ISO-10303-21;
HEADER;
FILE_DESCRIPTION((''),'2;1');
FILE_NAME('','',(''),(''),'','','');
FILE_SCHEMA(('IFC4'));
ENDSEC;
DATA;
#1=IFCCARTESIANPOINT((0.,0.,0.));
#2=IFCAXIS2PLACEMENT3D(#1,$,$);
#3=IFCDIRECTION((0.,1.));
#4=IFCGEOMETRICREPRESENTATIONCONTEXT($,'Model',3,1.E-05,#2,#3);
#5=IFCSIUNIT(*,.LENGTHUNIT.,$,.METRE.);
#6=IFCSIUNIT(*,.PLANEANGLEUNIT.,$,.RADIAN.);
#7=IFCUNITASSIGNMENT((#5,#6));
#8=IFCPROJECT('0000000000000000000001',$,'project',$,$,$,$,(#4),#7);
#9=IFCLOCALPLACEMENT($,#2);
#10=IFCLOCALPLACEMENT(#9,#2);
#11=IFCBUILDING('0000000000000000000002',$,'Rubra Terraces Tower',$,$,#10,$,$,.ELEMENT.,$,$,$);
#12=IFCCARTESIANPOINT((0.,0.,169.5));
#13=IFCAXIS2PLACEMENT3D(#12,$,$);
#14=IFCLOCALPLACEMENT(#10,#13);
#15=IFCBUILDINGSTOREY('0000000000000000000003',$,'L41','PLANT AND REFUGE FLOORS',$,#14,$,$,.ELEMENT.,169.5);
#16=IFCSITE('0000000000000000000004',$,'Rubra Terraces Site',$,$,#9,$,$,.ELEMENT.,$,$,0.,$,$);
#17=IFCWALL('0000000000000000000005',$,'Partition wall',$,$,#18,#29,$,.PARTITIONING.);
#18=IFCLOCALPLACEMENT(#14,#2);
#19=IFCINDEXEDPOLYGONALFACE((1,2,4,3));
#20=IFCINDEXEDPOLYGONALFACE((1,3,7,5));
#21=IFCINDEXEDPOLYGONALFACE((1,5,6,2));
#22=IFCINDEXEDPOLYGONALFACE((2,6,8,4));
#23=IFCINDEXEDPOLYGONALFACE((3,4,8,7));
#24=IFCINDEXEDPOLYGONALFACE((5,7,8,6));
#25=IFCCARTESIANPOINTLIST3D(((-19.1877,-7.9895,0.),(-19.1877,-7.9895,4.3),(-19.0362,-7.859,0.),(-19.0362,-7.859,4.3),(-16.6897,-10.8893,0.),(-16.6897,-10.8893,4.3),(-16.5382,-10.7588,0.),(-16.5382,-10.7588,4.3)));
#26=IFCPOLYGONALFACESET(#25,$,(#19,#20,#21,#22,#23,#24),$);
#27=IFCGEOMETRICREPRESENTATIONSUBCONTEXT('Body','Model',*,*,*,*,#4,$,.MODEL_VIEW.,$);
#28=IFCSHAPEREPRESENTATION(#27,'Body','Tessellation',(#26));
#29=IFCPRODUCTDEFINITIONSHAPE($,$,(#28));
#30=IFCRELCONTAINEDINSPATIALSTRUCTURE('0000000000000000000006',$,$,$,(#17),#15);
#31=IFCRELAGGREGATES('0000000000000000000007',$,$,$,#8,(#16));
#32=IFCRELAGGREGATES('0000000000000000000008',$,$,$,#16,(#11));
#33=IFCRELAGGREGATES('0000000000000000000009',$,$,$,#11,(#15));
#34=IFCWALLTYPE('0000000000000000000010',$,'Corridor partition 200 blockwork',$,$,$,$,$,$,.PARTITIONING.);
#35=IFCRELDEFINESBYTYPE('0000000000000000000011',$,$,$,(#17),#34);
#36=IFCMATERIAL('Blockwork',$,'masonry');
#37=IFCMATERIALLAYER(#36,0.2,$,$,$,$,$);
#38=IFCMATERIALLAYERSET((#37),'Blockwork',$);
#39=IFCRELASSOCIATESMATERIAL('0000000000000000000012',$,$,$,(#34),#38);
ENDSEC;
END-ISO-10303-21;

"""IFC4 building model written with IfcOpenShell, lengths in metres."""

from ifc_helpers import new_model, si_unit, direction, frame, frame_2d, origin, place, context, subcontext, project, spatial, rectangle, extrude, material, layer, layer_set, type_object, element, save


model = new_model("IFC4")

# Units and contexts
model_context = context("Model", 3, precision=1e-05, world=origin(), true_north=direction((0.0, 1.0)))
body_context = subcontext(model_context, "Body", "Model", "MODEL_VIEW")
ifc_project = project(units=[si_unit("LENGTHUNIT", "METRE"), si_unit("PLANEANGLEUNIT", "RADIAN")], contexts=[model_context])

# Site, building, storey
site_placement = place(None, origin())
site = spatial("IfcSite", under=ifc_project, at=site_placement, Name="Rubra Terraces Site", CompositionType="ELEMENT", RefElevation=0.0)
building_placement = place(site_placement, origin())
building = spatial("IfcBuilding", under=site, at=building_placement, Name="Rubra Terraces Tower", CompositionType="ELEMENT")
storey_placement = place(building_placement, frame((0.0, 0.0, 169.5)))
storey = spatial("IfcBuildingStorey", under=building, at=storey_placement, Name="L41", Description="PLANT AND REFUGE FLOORS", CompositionType="ELEMENT", Elevation=169.5)

# Wall
ifc_material_1 = material(Name="Blockwork", Category="masonry")
ifc_layer_1 = layer(ifc_material_1, 0.2)
ifc_layer_set_1 = layer_set([ifc_layer_1], Name="Blockwork")
wall_type_1 = type_object("IfcWallType", Name="Corridor partition 200 blockwork", PredefinedType="PARTITIONING", material=ifc_layer_set_1)
wall_1_placement = place(storey_placement, frame((-16.614, -10.824, 0.0), z_axis=(0.0, 0.0, 1.0), x_axis=(-0.652659, 0.757651, 0.0)))
element("IfcWall", 1, at=wall_1_placement, inside=storey, type_object=wall_type_1, Name="Partition wall", PredefinedType="PARTITIONING", context=body_context, shape_type="SweptSolid", body=[
    extrude(rectangle(XDim=3.8274, YDim=0.2, at=frame_2d((1.9136, 0.0))), origin(), (0.0, 0.0, 1.0), 4.3),
])

save(model, "model.ifc")
